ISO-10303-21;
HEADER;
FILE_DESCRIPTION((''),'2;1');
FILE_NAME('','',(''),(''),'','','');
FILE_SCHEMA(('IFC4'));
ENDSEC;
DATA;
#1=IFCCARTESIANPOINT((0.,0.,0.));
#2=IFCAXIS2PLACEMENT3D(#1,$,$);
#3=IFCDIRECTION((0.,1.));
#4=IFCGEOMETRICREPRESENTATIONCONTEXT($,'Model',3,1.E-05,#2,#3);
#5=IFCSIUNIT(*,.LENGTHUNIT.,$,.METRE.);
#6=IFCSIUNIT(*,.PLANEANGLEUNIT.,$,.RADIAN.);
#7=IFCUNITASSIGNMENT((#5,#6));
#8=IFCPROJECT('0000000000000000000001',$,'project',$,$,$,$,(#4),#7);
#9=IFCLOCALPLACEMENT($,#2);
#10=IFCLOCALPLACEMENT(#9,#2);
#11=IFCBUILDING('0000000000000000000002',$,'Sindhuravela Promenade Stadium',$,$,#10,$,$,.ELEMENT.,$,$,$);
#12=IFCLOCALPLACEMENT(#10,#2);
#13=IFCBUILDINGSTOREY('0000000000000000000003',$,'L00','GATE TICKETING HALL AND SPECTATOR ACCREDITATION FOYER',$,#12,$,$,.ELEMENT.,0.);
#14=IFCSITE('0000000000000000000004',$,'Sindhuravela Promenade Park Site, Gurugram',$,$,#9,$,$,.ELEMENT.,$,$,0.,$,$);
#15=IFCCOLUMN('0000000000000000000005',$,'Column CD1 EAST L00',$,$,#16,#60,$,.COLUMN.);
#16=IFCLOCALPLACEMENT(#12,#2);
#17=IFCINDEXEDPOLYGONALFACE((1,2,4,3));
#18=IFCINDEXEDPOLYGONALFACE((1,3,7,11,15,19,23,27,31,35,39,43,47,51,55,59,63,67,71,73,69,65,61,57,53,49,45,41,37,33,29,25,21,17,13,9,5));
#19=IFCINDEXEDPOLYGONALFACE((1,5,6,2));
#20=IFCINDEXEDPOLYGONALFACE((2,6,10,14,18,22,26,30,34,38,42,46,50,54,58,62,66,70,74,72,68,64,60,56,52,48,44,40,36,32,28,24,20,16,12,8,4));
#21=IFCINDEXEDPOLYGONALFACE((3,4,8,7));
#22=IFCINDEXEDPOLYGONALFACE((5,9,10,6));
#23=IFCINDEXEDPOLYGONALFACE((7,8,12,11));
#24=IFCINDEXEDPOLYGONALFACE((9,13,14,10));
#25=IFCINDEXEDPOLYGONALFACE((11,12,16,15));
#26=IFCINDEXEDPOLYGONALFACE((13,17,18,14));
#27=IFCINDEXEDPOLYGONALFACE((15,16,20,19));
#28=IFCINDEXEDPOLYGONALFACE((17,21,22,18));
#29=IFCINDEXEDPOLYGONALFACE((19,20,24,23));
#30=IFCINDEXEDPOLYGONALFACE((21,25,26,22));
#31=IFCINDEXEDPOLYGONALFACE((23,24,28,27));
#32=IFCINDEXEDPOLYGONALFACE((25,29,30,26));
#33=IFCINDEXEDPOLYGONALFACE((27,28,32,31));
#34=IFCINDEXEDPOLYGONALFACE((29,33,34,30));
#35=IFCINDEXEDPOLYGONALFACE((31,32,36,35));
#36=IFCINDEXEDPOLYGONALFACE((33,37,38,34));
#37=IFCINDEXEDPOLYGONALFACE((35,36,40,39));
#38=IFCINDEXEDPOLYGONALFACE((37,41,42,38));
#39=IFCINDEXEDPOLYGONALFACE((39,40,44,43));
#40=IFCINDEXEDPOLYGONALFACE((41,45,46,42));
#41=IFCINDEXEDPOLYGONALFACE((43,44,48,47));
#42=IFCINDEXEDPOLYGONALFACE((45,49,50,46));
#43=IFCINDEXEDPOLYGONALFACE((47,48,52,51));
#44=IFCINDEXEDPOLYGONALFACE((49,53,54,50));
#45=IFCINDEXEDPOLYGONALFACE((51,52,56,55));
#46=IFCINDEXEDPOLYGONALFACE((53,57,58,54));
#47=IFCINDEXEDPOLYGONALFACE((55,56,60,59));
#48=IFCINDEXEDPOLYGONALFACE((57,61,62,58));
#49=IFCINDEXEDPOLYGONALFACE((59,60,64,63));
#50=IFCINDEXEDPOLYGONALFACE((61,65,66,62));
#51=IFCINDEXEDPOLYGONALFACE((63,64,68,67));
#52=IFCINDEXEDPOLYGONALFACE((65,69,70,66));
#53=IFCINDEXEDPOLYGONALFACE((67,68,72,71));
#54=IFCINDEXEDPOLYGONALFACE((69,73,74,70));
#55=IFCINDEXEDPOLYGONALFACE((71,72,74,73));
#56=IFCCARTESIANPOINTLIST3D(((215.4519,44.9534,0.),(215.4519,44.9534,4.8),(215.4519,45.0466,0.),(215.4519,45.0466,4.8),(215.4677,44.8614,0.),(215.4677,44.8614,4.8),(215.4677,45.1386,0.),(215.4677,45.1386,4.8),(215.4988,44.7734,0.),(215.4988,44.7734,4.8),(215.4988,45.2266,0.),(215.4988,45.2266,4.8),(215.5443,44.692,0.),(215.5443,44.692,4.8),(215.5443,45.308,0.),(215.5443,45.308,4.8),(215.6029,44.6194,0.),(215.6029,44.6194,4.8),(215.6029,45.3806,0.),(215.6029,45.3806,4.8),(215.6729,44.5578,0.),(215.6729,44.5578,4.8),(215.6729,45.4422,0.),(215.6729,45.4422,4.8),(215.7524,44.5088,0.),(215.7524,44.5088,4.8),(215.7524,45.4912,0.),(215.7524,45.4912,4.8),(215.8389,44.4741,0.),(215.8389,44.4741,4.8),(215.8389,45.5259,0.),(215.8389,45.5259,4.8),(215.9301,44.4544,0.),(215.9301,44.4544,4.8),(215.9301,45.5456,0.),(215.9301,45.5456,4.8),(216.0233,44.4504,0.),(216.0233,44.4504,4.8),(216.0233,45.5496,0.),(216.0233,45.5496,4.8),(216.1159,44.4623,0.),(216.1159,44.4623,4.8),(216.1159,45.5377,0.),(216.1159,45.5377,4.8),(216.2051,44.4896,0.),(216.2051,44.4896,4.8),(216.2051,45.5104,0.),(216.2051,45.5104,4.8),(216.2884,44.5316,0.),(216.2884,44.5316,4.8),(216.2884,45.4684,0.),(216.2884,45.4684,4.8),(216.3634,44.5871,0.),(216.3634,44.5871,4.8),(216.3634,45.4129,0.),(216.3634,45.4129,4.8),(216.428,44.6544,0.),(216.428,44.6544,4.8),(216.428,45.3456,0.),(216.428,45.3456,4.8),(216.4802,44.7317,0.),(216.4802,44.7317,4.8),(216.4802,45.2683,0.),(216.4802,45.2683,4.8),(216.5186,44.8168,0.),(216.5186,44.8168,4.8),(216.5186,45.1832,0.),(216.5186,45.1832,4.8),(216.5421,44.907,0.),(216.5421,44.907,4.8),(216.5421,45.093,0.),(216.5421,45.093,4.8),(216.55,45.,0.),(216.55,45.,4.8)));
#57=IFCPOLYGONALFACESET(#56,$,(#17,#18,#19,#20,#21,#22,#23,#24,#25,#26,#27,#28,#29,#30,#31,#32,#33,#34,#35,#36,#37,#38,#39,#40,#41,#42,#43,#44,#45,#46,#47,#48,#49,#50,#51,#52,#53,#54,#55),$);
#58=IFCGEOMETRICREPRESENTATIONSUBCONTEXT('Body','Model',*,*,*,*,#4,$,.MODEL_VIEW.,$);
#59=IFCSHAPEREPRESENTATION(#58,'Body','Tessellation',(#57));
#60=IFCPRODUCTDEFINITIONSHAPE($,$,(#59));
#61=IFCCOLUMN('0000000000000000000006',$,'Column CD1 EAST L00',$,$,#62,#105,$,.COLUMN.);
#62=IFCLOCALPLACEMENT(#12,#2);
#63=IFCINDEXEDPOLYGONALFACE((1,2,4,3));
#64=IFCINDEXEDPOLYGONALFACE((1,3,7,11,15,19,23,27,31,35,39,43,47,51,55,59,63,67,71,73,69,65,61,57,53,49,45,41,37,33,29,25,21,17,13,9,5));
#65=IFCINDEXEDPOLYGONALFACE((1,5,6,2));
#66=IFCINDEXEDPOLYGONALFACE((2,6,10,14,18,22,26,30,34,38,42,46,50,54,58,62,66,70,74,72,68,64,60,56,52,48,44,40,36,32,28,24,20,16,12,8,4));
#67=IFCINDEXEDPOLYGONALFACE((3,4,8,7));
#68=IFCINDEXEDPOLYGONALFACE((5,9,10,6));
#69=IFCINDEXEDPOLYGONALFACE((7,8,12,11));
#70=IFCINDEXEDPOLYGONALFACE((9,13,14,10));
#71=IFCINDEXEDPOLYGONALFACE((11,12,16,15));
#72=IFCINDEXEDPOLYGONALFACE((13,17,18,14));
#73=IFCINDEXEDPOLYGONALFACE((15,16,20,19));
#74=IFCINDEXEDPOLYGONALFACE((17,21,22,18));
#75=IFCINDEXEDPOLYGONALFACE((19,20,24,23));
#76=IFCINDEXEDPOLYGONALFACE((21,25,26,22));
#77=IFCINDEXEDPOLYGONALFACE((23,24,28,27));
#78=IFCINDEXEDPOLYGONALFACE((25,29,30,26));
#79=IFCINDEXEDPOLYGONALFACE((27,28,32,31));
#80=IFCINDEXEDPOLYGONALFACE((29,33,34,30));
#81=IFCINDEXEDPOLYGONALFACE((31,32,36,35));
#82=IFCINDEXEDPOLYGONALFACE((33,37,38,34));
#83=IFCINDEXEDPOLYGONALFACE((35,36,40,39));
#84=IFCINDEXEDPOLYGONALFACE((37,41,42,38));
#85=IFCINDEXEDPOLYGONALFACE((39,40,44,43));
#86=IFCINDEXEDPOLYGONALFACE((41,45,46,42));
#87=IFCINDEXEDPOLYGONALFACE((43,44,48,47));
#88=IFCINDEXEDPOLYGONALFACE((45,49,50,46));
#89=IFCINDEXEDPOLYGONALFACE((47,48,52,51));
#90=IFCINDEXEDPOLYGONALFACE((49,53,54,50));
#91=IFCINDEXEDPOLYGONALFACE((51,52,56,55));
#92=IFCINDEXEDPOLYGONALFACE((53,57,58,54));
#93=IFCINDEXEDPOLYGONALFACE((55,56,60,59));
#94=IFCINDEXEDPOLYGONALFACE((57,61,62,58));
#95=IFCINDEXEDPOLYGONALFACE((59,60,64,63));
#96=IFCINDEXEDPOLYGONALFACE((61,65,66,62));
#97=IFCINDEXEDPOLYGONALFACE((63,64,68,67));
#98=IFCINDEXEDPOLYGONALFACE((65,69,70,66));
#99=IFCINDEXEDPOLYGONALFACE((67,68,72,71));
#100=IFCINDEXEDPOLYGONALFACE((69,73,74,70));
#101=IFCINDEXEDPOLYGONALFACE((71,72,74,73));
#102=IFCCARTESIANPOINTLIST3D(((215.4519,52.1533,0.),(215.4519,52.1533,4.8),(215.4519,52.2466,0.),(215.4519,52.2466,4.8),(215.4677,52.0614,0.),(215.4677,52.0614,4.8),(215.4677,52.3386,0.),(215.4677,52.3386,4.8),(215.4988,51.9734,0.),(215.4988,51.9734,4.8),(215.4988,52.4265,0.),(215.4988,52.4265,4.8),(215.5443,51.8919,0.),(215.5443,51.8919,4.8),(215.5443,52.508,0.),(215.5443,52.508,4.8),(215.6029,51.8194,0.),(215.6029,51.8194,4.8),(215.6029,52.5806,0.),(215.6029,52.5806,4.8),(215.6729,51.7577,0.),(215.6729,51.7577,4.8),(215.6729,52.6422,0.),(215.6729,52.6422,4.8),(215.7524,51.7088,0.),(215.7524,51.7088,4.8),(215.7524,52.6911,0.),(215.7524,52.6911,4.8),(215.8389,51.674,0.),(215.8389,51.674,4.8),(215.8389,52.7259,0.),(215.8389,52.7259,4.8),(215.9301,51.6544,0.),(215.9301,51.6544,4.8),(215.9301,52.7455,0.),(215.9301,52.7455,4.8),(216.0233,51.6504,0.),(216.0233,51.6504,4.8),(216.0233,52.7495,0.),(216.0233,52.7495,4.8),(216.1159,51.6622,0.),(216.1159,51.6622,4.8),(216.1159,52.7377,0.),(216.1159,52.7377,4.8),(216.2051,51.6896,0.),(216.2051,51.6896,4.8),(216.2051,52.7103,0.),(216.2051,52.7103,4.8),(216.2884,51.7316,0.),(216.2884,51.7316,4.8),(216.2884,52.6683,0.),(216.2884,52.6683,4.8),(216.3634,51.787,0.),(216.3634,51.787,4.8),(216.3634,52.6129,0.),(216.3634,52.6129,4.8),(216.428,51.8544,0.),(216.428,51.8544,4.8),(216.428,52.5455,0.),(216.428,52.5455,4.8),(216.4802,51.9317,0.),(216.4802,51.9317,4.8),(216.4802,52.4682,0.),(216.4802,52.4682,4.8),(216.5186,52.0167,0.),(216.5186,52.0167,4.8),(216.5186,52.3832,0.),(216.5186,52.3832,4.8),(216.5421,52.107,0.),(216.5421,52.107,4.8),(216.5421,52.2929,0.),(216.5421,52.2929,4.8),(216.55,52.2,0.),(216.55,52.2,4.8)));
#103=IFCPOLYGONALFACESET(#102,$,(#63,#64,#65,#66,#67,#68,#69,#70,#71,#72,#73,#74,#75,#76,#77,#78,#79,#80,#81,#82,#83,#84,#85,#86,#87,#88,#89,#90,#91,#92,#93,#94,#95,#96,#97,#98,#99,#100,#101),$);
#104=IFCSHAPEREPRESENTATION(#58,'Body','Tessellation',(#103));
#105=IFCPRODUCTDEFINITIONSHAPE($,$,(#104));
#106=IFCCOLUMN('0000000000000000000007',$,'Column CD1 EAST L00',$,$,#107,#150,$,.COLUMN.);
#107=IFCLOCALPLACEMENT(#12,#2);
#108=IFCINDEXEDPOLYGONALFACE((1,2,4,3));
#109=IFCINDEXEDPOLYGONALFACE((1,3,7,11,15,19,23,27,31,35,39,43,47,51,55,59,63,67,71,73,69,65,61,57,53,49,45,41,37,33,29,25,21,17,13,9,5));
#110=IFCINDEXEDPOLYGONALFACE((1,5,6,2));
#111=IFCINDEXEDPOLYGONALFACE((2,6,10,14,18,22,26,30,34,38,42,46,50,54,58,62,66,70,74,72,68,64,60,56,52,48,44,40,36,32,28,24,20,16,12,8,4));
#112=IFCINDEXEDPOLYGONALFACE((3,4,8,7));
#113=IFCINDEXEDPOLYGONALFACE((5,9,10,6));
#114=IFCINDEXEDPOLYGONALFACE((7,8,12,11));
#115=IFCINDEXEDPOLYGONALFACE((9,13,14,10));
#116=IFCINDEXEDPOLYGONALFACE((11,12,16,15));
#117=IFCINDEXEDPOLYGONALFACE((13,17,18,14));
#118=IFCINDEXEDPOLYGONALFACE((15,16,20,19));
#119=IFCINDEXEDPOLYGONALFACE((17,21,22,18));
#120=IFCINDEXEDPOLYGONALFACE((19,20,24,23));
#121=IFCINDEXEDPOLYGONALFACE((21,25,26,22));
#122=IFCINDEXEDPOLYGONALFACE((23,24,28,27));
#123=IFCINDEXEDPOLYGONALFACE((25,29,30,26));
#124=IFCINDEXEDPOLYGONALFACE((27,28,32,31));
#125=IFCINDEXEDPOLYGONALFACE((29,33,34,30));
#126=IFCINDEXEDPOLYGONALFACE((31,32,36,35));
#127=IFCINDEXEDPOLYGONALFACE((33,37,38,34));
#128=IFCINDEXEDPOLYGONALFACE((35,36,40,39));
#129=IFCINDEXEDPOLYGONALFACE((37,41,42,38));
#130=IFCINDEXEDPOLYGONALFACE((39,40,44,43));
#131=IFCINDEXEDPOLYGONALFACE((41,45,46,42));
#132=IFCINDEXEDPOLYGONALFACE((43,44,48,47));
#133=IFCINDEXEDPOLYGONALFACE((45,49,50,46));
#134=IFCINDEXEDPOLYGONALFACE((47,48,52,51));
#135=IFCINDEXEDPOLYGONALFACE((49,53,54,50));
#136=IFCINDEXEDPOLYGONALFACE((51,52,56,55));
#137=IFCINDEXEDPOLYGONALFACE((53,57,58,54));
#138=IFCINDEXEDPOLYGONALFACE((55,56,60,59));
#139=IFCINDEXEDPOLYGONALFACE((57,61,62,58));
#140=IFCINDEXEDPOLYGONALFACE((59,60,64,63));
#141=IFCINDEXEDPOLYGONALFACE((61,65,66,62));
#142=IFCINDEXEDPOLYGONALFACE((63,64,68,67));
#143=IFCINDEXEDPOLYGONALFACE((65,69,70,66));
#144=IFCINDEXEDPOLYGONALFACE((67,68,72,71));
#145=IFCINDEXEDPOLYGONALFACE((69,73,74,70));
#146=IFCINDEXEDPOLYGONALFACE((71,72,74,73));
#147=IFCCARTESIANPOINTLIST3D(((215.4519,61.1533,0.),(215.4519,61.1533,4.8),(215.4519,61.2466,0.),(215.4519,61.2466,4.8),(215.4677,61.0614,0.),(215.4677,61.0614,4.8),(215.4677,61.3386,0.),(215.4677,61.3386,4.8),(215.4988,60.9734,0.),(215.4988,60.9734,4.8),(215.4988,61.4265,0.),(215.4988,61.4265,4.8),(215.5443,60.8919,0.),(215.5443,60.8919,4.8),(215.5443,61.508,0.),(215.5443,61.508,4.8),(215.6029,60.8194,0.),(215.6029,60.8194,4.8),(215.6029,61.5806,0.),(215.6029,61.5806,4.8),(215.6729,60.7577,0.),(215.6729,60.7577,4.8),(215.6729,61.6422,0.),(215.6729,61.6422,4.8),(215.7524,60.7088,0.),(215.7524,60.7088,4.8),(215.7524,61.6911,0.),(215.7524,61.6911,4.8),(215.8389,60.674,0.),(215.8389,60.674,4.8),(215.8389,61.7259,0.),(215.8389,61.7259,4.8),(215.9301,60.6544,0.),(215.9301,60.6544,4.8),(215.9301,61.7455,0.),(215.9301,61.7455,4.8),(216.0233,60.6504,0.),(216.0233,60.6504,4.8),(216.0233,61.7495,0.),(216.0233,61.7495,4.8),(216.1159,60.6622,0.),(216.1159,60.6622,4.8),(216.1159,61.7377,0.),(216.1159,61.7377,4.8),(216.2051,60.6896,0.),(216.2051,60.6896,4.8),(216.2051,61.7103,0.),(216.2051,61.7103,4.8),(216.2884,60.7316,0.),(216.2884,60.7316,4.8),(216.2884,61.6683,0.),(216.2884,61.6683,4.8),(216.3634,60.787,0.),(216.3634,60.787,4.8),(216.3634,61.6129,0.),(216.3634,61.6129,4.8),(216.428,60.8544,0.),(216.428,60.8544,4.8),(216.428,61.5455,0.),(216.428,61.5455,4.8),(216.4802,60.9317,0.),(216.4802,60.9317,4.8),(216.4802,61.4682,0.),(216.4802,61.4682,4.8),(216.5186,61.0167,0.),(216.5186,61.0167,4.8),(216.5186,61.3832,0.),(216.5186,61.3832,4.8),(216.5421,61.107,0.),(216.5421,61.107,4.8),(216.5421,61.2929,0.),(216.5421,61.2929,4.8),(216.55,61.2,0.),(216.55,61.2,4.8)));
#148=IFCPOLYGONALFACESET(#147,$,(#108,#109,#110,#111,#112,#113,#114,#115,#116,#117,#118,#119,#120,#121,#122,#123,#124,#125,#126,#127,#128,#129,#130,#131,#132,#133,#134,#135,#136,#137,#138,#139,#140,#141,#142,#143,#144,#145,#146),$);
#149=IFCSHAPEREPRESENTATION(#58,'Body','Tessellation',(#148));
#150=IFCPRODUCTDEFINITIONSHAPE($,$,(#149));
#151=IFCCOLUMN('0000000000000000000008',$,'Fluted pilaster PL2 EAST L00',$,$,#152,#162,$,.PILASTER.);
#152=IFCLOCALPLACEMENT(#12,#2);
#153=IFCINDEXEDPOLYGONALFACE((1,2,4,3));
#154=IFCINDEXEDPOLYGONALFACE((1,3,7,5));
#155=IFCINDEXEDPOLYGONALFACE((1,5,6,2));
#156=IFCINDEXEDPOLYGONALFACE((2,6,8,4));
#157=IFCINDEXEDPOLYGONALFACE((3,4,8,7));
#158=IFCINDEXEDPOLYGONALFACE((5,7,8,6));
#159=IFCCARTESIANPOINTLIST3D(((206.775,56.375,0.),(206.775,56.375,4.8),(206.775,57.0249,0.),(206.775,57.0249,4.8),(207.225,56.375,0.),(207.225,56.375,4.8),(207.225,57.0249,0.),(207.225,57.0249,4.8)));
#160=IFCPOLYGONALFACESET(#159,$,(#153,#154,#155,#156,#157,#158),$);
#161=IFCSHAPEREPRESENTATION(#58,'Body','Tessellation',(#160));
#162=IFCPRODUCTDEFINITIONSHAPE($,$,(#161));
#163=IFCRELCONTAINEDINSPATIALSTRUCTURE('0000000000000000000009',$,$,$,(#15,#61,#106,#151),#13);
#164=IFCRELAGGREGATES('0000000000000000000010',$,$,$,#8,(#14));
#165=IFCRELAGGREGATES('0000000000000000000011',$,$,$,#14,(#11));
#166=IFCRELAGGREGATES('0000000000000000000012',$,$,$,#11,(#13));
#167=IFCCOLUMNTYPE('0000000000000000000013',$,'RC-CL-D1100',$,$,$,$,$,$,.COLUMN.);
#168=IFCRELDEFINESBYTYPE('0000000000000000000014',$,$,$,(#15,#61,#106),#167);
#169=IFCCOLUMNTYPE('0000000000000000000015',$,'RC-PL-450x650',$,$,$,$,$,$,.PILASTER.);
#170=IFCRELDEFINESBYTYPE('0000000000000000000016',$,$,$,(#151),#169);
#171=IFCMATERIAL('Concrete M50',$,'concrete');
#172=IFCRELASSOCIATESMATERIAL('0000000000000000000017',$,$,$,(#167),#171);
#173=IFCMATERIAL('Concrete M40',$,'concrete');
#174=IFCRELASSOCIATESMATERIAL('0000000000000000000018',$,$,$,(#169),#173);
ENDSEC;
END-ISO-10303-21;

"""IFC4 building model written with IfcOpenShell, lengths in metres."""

from ifc_helpers import new_model, si_unit, direction, frame, origin, origin_2d, place, context, subcontext, project, spatial, rectangle, circle, extrude, material, material_profile, profile_set, type_object, element, save


model = new_model("IFC4")

# Units and contexts
model_context = context("Model", 3, precision=1e-05, world=origin(), true_north=direction((0.0, 1.0)))
body_context = subcontext(model_context, "Body", "Model", "MODEL_VIEW")
ifc_project = project(units=[si_unit("LENGTHUNIT", "METRE"), si_unit("PLANEANGLEUNIT", "RADIAN")], contexts=[model_context])

# Site, building, storey
site_placement = place(None, origin())
site = spatial("IfcSite", under=ifc_project, at=site_placement, Name="Sindhuravela Promenade Park Site, Gurugram", CompositionType="ELEMENT", RefElevation=0.0)
building_placement = place(site_placement, origin())
building = spatial("IfcBuilding", under=site, at=building_placement, Name="Sindhuravela Promenade Stadium", CompositionType="ELEMENT")
storey_placement = place(building_placement, origin())
storey = spatial("IfcBuildingStorey", under=building, at=storey_placement, Name="L00", Description="GATE TICKETING HALL AND SPECTATOR ACCREDITATION FOYER", CompositionType="ELEMENT", Elevation=0.0)

# Shared definitions
ifc_material_1 = material(Name="Concrete M50", Category="concrete")

# Shared definitions
ifc_material_2 = material(Name="Concrete M40", Category="concrete")

# Columns
ifc_material_profile_1 = material_profile(ifc_material_1, circle(Radius=0.55, at=origin_2d()), Name="RC D1100")
ifc_profile_set_1 = profile_set([ifc_material_profile_1], Name="Concrete M50")
column_type_1 = type_object("IfcColumnType", Name="RC-CL-D1100", PredefinedType="COLUMN", material=ifc_profile_set_1)
for number, where, z_axis, x_axis, name in (
    (1, (216.0, 45.0, 0.0), (0.0, 0.0, 1.0), (1.0, 0.0, 0.0), "Column CD1 EAST L00"),
    (2, (216.0, 52.2, 0.0), (0.0, 0.0, 1.0), (1.0, 0.0, 0.0), "Column CD1 EAST L00"),
    (3, (216.0, 61.2, 0.0), (0.0, 0.0, 1.0), (1.0, 0.0, 0.0), "Column CD1 EAST L00"),
):
    element("IfcColumn", number, at=place(storey_placement, frame(where, z_axis=z_axis, x_axis=x_axis)), inside=storey, type_object=column_type_1, Name=name, PredefinedType="COLUMN", context=body_context, shape_type="SweptSolid", body=[
        extrude(circle(Radius=0.55, at=origin_2d()), origin(), (0.0, 0.0, 1.0), 4.8),
    ])
ifc_material_profile_2 = material_profile(ifc_material_2, rectangle(XDim=0.45, YDim=0.6499, at=origin_2d()), Name="PIL 450x650")
ifc_profile_set_2 = profile_set([ifc_material_profile_2], Name="Concrete M40")
column_type_2 = type_object("IfcColumnType", Name="RC-PL-450x650", PredefinedType="PILASTER", material=ifc_profile_set_2)
column_1_placement = place(storey_placement, frame((207.0, 56.7, 0.0), z_axis=(0.0, 0.0, 1.0), x_axis=(1.0, 0.0, 0.0)))
element("IfcColumn", 4, at=column_1_placement, inside=storey, type_object=column_type_2, Name="Fluted pilaster PL2 EAST L00", PredefinedType="PILASTER", context=body_context, shape_type="SweptSolid", body=[
    extrude(rectangle(XDim=0.45, YDim=0.6499, at=origin_2d()), origin(), (0.0, 0.0, 1.0), 4.8),
])

save(model, "model.ifc")
